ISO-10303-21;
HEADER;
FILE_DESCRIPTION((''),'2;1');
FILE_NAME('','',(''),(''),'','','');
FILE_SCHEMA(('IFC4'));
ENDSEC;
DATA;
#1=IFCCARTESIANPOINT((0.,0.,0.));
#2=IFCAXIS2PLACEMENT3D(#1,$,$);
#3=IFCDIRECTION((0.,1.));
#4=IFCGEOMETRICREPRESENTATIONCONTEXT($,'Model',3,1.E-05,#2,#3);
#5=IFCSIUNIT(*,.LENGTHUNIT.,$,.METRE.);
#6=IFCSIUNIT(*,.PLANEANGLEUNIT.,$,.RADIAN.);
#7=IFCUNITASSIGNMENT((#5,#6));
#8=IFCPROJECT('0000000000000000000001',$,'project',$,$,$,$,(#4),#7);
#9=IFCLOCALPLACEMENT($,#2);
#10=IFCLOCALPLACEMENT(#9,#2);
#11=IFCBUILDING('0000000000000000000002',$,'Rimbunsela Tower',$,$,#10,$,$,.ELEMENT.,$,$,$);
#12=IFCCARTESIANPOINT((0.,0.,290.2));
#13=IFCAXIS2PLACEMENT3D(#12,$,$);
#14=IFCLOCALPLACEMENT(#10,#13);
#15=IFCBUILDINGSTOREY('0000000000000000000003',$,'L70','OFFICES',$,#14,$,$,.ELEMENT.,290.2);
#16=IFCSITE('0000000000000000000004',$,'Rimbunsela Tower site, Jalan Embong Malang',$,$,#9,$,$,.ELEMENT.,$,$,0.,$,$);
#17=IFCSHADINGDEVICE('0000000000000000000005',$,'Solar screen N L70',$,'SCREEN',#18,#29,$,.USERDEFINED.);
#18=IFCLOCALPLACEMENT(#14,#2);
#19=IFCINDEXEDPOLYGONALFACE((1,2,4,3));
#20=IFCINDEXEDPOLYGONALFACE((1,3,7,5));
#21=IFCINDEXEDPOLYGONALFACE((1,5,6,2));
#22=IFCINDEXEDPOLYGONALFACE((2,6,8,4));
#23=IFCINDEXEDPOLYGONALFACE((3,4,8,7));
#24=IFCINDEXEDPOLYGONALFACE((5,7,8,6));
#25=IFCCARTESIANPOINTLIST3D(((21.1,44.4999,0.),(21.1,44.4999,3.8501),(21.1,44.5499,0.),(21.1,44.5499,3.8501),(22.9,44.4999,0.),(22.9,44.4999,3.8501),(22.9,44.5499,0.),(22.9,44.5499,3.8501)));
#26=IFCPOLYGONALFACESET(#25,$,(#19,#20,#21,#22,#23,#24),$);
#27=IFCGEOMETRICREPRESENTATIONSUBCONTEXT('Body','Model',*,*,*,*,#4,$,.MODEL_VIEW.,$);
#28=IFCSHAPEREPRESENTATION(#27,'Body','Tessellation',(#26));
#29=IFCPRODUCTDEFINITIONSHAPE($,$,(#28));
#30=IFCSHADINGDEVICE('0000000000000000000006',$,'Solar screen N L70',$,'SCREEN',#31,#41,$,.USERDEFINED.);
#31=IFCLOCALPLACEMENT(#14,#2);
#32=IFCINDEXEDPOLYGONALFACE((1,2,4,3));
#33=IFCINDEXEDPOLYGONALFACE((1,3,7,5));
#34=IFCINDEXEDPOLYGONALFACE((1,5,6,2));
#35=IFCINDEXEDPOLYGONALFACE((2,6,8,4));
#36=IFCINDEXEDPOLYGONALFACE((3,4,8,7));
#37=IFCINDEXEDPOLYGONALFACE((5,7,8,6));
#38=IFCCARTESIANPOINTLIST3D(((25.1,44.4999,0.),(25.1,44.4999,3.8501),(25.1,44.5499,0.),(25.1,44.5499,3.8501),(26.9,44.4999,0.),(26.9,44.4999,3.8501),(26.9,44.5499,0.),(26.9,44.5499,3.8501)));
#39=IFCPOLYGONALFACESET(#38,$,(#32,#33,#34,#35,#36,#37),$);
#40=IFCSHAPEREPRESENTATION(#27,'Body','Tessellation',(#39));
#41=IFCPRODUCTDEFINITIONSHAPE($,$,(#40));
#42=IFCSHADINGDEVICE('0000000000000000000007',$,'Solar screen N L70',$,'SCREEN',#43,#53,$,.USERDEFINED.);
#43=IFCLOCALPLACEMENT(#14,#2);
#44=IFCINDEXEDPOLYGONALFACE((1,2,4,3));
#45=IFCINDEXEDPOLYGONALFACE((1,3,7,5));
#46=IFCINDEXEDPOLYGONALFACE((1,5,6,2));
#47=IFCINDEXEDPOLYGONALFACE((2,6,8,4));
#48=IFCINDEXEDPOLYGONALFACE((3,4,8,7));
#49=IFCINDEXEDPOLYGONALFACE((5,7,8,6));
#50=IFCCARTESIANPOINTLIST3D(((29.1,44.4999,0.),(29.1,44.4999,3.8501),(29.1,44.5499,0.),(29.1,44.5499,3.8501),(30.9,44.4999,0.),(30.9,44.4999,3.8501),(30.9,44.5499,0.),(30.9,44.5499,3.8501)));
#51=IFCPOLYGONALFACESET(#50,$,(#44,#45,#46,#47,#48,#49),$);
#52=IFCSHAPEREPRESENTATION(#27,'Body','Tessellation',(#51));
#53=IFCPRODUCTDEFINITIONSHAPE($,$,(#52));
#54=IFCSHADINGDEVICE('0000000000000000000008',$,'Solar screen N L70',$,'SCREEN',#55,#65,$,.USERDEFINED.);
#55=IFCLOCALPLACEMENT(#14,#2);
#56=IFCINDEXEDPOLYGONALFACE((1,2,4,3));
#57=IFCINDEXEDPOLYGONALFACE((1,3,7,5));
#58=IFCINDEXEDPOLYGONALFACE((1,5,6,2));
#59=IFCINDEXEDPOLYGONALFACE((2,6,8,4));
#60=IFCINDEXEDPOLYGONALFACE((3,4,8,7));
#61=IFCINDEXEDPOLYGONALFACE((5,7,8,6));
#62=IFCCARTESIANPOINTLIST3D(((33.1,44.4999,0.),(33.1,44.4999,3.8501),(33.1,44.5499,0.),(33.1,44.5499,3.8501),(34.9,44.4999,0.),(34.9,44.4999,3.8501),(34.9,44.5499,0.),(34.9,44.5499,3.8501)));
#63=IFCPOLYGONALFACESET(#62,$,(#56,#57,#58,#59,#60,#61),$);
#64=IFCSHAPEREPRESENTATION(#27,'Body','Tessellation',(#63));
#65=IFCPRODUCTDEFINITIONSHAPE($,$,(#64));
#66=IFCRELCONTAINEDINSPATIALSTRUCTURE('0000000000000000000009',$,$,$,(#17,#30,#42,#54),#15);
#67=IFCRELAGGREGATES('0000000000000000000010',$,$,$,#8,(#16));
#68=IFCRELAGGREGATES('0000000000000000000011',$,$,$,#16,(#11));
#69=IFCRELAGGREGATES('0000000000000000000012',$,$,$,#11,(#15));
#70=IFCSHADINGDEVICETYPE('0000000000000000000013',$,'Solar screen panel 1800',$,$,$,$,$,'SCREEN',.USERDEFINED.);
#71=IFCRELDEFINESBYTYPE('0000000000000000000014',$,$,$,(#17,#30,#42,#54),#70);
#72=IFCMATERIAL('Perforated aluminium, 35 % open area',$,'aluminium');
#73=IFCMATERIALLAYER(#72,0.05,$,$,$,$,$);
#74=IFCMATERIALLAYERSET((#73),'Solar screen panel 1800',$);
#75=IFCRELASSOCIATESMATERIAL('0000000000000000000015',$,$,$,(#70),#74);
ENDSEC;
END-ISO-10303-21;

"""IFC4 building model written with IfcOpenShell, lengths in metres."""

from ifc_helpers import new_model, si_unit, direction, frame, origin, origin_2d, place, context, subcontext, project, spatial, rectangle, extrude, material, layer, layer_set, type_object, element, save


model = new_model("IFC4")

# Units and contexts
model_context = context("Model", 3, precision=1e-05, world=origin(), true_north=direction((0.0, 1.0)))
body_context = subcontext(model_context, "Body", "Model", "MODEL_VIEW")
ifc_project = project(units=[si_unit("LENGTHUNIT", "METRE"), si_unit("PLANEANGLEUNIT", "RADIAN")], contexts=[model_context])

# Site, building, storey
site_placement = place(None, origin())
site = spatial("IfcSite", under=ifc_project, at=site_placement, Name="Rimbunsela Tower site, Jalan Embong Malang", CompositionType="ELEMENT", RefElevation=0.0)
building_placement = place(site_placement, origin())
building = spatial("IfcBuilding", under=site, at=building_placement, Name="Rimbunsela Tower", CompositionType="ELEMENT")
storey_placement = place(building_placement, frame((0.0, 0.0, 290.2)))
storey = spatial("IfcBuildingStorey", under=building, at=storey_placement, Name="L70", Description="OFFICES", CompositionType="ELEMENT", Elevation=290.2)

# Shading devices
ifc_material_1 = material(Name="Perforated aluminium, 35 % open area", Category="aluminium")
ifc_layer_1 = layer(ifc_material_1, 0.05)
ifc_layer_set_1 = layer_set([ifc_layer_1], Name="Solar screen panel 1800")
shading_device_type = type_object("IfcShadingDeviceType", Name="Solar screen panel 1800", ElementType="SCREEN", PredefinedType="USERDEFINED", material=ifc_layer_set_1)
for number, where, z_axis, x_axis, name in (
    (1, (22.0, 44.5249, 0.0), (0.0, 0.0, 1.0), (1.0, 0.0, 0.0), "Solar screen N L70"),
    (2, (26.0, 44.5249, 0.0), (0.0, 0.0, 1.0), (1.0, 0.0, 0.0), "Solar screen N L70"),
    (3, (30.0, 44.5249, 0.0), (0.0, 0.0, 1.0), (1.0, 0.0, 0.0), "Solar screen N L70"),
    (4, (34.0, 44.5249, 0.0), (0.0, 0.0, 1.0), (1.0, 0.0, 0.0), "Solar screen N L70"),
):
    element("IfcShadingDevice", number, at=place(storey_placement, frame(where, z_axis=z_axis, x_axis=x_axis)), inside=storey, type_object=shading_device_type, Name=name, ObjectType="SCREEN", PredefinedType="USERDEFINED", context=body_context, shape_type="SweptSolid", body=[
        extrude(rectangle(XDim=1.8, YDim=0.05, at=origin_2d()), origin(), (0.0, 0.0, 1.0), 3.8501),
    ])

save(model, "model.ifc")
